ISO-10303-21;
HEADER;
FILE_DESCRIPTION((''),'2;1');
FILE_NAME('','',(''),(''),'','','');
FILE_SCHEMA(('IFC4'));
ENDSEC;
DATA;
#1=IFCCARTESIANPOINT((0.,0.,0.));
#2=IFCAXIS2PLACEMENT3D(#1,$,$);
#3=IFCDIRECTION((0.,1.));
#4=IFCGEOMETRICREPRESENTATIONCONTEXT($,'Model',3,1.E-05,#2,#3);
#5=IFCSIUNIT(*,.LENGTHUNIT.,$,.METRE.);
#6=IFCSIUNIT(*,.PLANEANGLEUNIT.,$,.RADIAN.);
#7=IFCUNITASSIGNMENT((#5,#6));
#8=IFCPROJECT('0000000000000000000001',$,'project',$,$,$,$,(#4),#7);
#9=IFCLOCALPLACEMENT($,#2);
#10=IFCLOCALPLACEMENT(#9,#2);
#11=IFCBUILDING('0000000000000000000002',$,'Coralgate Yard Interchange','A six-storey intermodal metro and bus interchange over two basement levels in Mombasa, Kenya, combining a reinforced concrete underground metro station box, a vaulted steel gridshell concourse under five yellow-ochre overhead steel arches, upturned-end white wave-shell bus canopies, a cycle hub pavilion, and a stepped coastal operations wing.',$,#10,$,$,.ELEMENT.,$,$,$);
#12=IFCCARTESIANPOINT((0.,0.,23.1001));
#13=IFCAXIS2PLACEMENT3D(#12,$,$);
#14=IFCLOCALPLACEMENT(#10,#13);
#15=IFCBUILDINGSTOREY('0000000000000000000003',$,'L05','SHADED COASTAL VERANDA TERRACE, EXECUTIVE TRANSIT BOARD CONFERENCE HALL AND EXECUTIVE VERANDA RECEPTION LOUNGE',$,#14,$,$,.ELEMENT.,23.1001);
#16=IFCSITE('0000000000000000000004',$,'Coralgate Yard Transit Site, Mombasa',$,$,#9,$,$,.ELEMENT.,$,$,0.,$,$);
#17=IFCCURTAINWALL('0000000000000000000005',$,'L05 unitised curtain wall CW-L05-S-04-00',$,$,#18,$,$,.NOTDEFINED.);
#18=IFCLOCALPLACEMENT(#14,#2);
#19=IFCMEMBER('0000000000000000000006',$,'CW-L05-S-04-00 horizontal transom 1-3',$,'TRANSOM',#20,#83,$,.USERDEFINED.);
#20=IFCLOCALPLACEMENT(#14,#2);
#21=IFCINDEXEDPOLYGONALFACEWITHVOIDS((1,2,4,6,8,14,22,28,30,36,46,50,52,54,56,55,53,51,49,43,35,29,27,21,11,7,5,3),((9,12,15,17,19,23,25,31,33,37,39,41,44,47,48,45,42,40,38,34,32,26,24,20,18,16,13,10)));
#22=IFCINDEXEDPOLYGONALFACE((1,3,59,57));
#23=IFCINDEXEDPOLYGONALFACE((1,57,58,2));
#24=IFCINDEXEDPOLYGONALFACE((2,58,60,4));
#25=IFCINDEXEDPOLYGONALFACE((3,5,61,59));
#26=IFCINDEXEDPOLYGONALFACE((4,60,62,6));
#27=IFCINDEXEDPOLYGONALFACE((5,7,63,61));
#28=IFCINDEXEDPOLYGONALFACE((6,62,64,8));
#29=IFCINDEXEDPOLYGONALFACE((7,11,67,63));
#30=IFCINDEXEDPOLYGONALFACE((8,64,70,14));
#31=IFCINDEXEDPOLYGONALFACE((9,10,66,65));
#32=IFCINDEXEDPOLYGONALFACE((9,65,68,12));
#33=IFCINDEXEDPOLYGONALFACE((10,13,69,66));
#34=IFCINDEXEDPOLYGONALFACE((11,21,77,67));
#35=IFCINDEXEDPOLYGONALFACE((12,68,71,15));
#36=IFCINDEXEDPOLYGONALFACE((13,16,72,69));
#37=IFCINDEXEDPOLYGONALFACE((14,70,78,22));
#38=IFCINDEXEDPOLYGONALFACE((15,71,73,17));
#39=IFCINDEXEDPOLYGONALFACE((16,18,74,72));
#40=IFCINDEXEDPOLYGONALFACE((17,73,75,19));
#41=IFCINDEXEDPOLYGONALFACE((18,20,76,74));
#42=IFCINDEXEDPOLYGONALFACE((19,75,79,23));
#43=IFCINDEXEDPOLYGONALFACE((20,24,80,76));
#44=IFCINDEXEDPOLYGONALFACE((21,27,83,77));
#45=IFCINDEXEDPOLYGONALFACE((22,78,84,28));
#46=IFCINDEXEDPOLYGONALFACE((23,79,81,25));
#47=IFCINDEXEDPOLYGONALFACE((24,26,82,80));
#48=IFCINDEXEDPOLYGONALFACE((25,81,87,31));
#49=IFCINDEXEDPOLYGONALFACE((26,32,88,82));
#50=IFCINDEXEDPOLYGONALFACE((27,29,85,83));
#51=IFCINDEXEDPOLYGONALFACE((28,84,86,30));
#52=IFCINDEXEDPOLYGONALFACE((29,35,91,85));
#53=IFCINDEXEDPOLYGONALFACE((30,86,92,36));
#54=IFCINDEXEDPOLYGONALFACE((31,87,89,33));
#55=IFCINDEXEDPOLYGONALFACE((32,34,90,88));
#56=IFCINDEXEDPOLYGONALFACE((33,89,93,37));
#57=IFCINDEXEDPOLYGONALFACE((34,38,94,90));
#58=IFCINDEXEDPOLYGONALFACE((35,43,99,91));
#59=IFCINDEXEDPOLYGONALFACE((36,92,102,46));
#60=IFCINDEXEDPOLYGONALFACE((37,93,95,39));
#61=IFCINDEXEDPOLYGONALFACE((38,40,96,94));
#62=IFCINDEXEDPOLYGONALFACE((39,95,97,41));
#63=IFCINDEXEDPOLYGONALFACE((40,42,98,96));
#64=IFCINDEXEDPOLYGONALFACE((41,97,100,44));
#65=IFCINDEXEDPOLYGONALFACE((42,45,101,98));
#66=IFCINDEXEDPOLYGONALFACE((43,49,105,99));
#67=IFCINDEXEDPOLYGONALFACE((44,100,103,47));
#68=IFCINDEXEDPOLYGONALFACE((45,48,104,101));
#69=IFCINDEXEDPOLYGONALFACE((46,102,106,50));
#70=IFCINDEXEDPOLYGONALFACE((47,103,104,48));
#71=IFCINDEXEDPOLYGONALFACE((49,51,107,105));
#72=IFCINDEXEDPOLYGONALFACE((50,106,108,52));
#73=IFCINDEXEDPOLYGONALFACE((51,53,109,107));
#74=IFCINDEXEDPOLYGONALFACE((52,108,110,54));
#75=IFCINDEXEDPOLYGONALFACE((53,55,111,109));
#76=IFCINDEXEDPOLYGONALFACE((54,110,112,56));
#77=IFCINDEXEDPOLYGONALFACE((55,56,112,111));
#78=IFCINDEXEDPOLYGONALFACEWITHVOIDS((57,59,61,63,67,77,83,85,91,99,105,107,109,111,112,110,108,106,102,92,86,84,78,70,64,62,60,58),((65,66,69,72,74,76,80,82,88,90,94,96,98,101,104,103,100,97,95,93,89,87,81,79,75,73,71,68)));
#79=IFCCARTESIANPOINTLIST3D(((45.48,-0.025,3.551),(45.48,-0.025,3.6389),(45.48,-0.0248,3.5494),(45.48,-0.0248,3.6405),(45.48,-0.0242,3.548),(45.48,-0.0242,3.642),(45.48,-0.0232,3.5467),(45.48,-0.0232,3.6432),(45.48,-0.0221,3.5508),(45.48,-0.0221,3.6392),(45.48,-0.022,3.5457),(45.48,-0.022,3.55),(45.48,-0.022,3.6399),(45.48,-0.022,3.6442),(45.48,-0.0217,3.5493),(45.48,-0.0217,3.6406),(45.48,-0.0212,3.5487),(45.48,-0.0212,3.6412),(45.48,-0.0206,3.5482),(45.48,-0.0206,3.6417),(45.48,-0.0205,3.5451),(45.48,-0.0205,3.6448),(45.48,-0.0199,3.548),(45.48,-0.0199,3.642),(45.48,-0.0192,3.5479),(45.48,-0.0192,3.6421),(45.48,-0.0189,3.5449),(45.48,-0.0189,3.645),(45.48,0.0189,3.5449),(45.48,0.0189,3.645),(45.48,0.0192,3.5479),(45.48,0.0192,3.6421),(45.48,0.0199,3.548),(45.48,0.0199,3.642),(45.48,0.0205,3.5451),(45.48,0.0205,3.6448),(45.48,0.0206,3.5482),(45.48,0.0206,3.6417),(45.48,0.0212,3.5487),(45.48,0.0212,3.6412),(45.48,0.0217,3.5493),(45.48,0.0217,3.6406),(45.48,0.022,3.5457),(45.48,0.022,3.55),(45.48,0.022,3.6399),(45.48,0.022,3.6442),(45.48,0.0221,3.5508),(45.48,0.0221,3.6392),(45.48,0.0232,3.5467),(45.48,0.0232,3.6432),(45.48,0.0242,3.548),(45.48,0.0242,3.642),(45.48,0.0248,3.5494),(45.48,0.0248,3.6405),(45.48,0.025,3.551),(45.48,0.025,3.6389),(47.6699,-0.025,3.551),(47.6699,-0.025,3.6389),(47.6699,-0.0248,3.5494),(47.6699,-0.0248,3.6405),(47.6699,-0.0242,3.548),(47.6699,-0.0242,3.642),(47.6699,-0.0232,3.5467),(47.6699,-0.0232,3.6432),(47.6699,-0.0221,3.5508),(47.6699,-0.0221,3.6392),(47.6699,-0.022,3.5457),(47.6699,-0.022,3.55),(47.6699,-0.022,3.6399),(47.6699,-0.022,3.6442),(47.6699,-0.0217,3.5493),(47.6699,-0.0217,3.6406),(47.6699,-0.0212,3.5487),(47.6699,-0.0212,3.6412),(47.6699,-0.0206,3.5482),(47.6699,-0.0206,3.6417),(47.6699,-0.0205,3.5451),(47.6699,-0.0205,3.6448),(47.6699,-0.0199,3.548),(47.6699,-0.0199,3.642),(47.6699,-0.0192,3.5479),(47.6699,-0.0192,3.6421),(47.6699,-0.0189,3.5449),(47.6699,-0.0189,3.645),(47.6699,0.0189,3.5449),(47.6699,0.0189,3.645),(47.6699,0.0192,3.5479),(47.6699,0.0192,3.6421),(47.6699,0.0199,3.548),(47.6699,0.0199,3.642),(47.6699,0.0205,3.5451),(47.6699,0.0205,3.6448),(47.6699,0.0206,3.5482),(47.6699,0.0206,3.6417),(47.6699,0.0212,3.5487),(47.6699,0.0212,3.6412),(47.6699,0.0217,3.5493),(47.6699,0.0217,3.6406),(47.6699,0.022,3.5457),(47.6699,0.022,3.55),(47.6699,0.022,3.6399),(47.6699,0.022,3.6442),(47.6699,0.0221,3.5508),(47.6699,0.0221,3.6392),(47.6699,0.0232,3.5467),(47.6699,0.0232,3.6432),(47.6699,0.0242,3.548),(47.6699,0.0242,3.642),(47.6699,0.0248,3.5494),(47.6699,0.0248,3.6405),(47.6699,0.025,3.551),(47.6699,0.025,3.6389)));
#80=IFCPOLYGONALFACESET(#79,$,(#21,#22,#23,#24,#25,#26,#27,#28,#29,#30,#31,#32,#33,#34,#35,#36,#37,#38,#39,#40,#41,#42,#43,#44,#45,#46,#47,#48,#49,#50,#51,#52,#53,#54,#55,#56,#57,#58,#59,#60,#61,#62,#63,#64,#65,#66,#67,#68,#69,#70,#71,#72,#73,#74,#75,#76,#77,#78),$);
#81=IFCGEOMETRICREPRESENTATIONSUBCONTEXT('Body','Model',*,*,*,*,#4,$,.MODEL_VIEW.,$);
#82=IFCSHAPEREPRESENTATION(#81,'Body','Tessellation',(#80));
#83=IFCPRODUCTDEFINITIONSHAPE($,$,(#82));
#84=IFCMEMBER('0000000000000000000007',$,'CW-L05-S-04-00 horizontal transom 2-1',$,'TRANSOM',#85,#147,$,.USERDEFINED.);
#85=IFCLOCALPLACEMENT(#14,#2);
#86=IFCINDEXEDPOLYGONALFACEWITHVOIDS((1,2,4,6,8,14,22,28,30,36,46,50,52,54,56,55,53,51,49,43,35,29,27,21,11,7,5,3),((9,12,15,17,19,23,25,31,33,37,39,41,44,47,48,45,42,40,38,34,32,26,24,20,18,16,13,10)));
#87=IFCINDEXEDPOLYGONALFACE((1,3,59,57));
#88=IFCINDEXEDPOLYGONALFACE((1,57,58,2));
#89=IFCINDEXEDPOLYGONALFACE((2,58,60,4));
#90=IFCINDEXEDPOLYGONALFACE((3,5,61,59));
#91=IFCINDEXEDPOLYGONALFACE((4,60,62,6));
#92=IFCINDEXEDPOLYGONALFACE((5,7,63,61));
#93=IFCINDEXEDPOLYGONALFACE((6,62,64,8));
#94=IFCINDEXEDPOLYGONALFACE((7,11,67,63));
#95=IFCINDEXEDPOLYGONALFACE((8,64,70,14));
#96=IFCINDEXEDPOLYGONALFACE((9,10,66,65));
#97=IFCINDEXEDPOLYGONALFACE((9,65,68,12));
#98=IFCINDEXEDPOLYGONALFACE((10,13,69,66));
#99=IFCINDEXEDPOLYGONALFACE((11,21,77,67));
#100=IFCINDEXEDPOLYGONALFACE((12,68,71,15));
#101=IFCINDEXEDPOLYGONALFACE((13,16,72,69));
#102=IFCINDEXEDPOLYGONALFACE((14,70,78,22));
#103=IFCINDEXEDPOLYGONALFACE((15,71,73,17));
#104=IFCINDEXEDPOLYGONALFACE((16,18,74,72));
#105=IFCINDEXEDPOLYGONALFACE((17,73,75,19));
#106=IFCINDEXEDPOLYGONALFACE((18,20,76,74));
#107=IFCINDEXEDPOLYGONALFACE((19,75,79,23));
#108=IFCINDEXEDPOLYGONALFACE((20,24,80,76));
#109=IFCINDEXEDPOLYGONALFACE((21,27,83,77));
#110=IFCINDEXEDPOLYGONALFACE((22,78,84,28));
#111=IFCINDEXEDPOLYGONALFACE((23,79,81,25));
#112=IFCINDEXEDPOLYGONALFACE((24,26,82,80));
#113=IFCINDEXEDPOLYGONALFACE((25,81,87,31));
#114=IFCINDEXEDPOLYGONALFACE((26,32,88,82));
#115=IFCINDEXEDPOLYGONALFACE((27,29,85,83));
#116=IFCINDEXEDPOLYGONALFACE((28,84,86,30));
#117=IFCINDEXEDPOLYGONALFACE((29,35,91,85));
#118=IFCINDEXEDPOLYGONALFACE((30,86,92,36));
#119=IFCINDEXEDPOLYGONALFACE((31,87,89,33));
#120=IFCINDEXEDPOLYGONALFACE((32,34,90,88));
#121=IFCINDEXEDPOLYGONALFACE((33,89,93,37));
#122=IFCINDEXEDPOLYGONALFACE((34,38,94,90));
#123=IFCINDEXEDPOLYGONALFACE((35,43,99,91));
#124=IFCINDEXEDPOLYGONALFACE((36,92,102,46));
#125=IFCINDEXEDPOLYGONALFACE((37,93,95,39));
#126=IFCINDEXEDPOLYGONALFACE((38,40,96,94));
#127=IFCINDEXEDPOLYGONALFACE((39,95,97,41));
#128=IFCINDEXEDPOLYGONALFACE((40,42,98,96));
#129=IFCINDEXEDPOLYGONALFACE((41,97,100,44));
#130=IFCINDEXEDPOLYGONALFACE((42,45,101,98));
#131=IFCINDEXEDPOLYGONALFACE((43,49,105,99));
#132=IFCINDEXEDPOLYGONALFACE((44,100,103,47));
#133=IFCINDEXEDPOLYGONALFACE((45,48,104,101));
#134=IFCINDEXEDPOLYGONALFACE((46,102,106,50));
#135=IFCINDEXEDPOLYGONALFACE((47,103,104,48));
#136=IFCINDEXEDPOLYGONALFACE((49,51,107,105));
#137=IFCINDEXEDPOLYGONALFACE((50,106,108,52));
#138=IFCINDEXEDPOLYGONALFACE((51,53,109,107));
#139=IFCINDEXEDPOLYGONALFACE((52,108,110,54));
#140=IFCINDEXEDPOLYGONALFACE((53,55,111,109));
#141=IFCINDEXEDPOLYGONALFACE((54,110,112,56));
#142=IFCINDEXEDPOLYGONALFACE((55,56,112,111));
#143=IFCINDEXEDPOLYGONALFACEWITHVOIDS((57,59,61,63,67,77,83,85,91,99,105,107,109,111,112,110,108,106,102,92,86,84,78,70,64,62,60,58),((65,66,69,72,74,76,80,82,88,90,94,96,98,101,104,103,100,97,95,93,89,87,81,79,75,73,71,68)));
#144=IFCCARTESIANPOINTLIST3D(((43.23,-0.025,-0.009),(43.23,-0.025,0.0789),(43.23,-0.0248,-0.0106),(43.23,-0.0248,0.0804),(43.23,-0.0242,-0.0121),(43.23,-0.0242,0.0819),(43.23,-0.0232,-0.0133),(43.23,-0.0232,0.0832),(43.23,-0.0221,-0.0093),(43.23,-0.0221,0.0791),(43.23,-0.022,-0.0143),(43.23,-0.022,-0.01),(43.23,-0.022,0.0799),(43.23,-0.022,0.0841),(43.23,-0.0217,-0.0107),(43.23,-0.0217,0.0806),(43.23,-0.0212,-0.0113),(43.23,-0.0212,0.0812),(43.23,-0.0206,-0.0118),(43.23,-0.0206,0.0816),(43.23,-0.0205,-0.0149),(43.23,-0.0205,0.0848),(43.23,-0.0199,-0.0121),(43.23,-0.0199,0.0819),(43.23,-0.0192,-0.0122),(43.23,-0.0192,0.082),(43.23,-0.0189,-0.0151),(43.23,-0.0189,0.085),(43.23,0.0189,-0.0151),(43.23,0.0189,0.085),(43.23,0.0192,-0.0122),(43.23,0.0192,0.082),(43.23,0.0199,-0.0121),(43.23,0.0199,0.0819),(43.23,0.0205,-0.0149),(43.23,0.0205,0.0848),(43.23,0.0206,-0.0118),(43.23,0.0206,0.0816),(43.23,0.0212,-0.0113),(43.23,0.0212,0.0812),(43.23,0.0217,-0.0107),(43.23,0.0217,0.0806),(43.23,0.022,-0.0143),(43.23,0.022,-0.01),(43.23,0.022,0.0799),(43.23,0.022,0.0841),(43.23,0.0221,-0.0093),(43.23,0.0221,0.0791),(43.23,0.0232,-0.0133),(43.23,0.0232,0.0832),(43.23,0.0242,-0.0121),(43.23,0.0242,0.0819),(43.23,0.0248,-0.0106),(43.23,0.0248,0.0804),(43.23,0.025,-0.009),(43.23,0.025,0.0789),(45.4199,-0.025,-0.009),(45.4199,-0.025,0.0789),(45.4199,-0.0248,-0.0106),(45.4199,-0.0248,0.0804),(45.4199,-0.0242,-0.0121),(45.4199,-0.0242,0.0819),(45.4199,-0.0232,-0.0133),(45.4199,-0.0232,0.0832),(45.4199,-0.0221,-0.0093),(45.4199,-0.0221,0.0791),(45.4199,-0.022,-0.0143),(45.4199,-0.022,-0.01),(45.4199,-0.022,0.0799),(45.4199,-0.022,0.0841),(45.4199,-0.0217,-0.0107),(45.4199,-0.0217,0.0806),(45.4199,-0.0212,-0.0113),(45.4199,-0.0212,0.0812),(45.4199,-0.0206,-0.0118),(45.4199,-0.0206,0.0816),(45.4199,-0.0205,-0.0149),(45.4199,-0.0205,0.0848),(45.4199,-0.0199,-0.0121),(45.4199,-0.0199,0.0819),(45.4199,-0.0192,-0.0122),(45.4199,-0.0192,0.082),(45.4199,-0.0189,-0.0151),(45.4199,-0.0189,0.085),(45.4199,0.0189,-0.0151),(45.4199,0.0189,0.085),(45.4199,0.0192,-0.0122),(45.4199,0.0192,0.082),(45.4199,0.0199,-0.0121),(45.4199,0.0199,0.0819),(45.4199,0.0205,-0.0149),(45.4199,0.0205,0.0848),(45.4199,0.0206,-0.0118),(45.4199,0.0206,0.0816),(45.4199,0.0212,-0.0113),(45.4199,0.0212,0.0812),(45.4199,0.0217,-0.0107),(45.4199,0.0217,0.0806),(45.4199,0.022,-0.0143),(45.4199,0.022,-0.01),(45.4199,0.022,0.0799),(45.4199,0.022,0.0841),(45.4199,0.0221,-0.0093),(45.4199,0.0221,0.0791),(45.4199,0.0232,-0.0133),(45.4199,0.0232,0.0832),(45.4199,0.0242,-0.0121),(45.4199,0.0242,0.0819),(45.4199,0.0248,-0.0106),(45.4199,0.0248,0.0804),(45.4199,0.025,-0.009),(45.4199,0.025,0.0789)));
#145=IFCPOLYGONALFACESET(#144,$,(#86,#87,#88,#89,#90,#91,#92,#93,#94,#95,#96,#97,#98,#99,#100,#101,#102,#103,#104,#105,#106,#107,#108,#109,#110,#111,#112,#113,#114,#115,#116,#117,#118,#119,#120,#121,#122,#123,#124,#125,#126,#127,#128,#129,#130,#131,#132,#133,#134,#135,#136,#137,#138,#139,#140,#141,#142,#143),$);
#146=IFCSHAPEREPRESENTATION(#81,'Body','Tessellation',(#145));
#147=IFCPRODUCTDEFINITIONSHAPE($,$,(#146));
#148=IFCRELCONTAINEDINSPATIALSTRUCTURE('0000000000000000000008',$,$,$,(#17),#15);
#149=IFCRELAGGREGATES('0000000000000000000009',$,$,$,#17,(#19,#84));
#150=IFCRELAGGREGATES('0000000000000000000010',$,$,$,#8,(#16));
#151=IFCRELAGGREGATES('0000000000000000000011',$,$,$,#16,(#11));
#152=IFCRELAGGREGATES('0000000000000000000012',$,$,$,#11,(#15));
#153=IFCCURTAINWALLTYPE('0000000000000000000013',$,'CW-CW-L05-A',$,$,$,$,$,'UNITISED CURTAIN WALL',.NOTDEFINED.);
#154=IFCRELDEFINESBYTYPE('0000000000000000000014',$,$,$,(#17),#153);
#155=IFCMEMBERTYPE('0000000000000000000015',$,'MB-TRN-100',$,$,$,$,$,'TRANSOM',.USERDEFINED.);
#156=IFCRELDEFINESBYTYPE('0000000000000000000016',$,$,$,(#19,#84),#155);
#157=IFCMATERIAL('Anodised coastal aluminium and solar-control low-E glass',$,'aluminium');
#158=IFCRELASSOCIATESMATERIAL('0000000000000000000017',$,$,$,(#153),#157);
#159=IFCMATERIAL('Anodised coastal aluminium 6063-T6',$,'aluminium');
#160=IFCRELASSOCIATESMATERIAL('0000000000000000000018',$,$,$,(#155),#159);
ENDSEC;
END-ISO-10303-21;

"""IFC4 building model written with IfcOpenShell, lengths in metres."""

from ifc_helpers import new_model, si_unit, direction, frame, origin, origin_2d, place, context, subcontext, project, spatial, hollow_rectangle, extrude, material, material_profile, profile_set, type_object, element, aggregate, save


model = new_model("IFC4")

# Units and contexts
model_context = context("Model", 3, precision=1e-05, world=origin(), true_north=direction((0.0, 1.0)))
body_context = subcontext(model_context, "Body", "Model", "MODEL_VIEW")
ifc_project = project(units=[si_unit("LENGTHUNIT", "METRE"), si_unit("PLANEANGLEUNIT", "RADIAN")], contexts=[model_context])

# Site, building, storey
site_placement = place(None, origin())
site = spatial("IfcSite", under=ifc_project, at=site_placement, Name="Coralgate Yard Transit Site, Mombasa", CompositionType="ELEMENT", RefElevation=0.0)
building_placement = place(site_placement, origin())
building = spatial("IfcBuilding", under=site, at=building_placement, Name="Coralgate Yard Interchange", Description="A six-storey intermodal metro and bus interchange over two basement levels in Mombasa, Kenya, combining a reinforced concrete underground metro station box, a vaulted steel gridshell concourse under five yellow-ochre overhead steel arches, upturned-end white wave-shell bus canopies, a cycle hub pavilion, and a stepped coastal operations wing.", CompositionType="ELEMENT")
storey_placement = place(building_placement, frame((0.0, 0.0, 23.1001)))
storey = spatial("IfcBuildingStorey", under=building, at=storey_placement, Name="L05", Description="SHADED COASTAL VERANDA TERRACE, EXECUTIVE TRANSIT BOARD CONFERENCE HALL AND EXECUTIVE VERANDA RECEPTION LOUNGE", CompositionType="ELEMENT", Elevation=23.1001)

# Curtain wall, members
ifc_material_1 = material(Name="Anodised coastal aluminium and solar-control low-E glass", Category="aluminium")
curtain_wall_type = type_object("IfcCurtainWallType", Name="CW-CW-L05-A", ElementType="UNITISED CURTAIN WALL", PredefinedType="NOTDEFINED", material=ifc_material_1)
curtain_wall_placement = place(storey_placement, origin())
curtain_wall = element("IfcCurtainWall", 1, at=curtain_wall_placement, inside=storey, type_object=curtain_wall_type, Name="L05 unitised curtain wall CW-L05-S-04-00", PredefinedType="NOTDEFINED")
ifc_material_2 = material(Name="Anodised coastal aluminium 6063-T6", Category="aluminium")
ifc_material_profile_1 = material_profile(ifc_material_2, hollow_rectangle(XDim=0.05, YDim=0.1001, WallThickness=0.0029, InnerFilletRadius=0.0029, OuterFilletRadius=0.0061, at=origin_2d()), Name="ALU 50x100x3")
ifc_profile_set_1 = profile_set([ifc_material_profile_1], Name="Anodised coastal aluminium 6063-T6")
member_type_1 = type_object("IfcMemberType", Name="MB-TRN-100", ElementType="TRANSOM", PredefinedType="USERDEFINED", material=ifc_profile_set_1)
member_1_placement = place(storey_placement, frame((47.6699, 0.0, 3.595), z_axis=(-1.0, 0.0, 0.0), x_axis=(0.0, -1.0, 0.0)))
member_1 = element("IfcMember", 2, at=member_1_placement, type_object=member_type_1, Name="CW-L05-S-04-00 horizontal transom 1-3", ObjectType="TRANSOM", PredefinedType="USERDEFINED", context=body_context, shape_type="SweptSolid", body=[
    extrude(hollow_rectangle(XDim=0.05, YDim=0.1001, WallThickness=0.0029, InnerFilletRadius=0.0029, OuterFilletRadius=0.0061, at=origin_2d()), origin(), (0.0, 0.0, 1.0), 2.1899),
])
member_2_placement = place(storey_placement, frame((45.4199, 0.0, 0.0349), z_axis=(-1.0, 0.0, 0.0), x_axis=(0.0, -1.0, 0.0)))
member_2 = element("IfcMember", 3, at=member_2_placement, type_object=member_type_1, Name="CW-L05-S-04-00 horizontal transom 2-1", ObjectType="TRANSOM", PredefinedType="USERDEFINED", context=body_context, shape_type="SweptSolid", body=[
    extrude(hollow_rectangle(XDim=0.05, YDim=0.1001, WallThickness=0.0029, InnerFilletRadius=0.0029, OuterFilletRadius=0.0061, at=origin_2d()), origin(), (0.0, 0.0, 1.0), 2.1899),
])
aggregate(curtain_wall, [member_1, member_2])

save(model, "model.ifc")
